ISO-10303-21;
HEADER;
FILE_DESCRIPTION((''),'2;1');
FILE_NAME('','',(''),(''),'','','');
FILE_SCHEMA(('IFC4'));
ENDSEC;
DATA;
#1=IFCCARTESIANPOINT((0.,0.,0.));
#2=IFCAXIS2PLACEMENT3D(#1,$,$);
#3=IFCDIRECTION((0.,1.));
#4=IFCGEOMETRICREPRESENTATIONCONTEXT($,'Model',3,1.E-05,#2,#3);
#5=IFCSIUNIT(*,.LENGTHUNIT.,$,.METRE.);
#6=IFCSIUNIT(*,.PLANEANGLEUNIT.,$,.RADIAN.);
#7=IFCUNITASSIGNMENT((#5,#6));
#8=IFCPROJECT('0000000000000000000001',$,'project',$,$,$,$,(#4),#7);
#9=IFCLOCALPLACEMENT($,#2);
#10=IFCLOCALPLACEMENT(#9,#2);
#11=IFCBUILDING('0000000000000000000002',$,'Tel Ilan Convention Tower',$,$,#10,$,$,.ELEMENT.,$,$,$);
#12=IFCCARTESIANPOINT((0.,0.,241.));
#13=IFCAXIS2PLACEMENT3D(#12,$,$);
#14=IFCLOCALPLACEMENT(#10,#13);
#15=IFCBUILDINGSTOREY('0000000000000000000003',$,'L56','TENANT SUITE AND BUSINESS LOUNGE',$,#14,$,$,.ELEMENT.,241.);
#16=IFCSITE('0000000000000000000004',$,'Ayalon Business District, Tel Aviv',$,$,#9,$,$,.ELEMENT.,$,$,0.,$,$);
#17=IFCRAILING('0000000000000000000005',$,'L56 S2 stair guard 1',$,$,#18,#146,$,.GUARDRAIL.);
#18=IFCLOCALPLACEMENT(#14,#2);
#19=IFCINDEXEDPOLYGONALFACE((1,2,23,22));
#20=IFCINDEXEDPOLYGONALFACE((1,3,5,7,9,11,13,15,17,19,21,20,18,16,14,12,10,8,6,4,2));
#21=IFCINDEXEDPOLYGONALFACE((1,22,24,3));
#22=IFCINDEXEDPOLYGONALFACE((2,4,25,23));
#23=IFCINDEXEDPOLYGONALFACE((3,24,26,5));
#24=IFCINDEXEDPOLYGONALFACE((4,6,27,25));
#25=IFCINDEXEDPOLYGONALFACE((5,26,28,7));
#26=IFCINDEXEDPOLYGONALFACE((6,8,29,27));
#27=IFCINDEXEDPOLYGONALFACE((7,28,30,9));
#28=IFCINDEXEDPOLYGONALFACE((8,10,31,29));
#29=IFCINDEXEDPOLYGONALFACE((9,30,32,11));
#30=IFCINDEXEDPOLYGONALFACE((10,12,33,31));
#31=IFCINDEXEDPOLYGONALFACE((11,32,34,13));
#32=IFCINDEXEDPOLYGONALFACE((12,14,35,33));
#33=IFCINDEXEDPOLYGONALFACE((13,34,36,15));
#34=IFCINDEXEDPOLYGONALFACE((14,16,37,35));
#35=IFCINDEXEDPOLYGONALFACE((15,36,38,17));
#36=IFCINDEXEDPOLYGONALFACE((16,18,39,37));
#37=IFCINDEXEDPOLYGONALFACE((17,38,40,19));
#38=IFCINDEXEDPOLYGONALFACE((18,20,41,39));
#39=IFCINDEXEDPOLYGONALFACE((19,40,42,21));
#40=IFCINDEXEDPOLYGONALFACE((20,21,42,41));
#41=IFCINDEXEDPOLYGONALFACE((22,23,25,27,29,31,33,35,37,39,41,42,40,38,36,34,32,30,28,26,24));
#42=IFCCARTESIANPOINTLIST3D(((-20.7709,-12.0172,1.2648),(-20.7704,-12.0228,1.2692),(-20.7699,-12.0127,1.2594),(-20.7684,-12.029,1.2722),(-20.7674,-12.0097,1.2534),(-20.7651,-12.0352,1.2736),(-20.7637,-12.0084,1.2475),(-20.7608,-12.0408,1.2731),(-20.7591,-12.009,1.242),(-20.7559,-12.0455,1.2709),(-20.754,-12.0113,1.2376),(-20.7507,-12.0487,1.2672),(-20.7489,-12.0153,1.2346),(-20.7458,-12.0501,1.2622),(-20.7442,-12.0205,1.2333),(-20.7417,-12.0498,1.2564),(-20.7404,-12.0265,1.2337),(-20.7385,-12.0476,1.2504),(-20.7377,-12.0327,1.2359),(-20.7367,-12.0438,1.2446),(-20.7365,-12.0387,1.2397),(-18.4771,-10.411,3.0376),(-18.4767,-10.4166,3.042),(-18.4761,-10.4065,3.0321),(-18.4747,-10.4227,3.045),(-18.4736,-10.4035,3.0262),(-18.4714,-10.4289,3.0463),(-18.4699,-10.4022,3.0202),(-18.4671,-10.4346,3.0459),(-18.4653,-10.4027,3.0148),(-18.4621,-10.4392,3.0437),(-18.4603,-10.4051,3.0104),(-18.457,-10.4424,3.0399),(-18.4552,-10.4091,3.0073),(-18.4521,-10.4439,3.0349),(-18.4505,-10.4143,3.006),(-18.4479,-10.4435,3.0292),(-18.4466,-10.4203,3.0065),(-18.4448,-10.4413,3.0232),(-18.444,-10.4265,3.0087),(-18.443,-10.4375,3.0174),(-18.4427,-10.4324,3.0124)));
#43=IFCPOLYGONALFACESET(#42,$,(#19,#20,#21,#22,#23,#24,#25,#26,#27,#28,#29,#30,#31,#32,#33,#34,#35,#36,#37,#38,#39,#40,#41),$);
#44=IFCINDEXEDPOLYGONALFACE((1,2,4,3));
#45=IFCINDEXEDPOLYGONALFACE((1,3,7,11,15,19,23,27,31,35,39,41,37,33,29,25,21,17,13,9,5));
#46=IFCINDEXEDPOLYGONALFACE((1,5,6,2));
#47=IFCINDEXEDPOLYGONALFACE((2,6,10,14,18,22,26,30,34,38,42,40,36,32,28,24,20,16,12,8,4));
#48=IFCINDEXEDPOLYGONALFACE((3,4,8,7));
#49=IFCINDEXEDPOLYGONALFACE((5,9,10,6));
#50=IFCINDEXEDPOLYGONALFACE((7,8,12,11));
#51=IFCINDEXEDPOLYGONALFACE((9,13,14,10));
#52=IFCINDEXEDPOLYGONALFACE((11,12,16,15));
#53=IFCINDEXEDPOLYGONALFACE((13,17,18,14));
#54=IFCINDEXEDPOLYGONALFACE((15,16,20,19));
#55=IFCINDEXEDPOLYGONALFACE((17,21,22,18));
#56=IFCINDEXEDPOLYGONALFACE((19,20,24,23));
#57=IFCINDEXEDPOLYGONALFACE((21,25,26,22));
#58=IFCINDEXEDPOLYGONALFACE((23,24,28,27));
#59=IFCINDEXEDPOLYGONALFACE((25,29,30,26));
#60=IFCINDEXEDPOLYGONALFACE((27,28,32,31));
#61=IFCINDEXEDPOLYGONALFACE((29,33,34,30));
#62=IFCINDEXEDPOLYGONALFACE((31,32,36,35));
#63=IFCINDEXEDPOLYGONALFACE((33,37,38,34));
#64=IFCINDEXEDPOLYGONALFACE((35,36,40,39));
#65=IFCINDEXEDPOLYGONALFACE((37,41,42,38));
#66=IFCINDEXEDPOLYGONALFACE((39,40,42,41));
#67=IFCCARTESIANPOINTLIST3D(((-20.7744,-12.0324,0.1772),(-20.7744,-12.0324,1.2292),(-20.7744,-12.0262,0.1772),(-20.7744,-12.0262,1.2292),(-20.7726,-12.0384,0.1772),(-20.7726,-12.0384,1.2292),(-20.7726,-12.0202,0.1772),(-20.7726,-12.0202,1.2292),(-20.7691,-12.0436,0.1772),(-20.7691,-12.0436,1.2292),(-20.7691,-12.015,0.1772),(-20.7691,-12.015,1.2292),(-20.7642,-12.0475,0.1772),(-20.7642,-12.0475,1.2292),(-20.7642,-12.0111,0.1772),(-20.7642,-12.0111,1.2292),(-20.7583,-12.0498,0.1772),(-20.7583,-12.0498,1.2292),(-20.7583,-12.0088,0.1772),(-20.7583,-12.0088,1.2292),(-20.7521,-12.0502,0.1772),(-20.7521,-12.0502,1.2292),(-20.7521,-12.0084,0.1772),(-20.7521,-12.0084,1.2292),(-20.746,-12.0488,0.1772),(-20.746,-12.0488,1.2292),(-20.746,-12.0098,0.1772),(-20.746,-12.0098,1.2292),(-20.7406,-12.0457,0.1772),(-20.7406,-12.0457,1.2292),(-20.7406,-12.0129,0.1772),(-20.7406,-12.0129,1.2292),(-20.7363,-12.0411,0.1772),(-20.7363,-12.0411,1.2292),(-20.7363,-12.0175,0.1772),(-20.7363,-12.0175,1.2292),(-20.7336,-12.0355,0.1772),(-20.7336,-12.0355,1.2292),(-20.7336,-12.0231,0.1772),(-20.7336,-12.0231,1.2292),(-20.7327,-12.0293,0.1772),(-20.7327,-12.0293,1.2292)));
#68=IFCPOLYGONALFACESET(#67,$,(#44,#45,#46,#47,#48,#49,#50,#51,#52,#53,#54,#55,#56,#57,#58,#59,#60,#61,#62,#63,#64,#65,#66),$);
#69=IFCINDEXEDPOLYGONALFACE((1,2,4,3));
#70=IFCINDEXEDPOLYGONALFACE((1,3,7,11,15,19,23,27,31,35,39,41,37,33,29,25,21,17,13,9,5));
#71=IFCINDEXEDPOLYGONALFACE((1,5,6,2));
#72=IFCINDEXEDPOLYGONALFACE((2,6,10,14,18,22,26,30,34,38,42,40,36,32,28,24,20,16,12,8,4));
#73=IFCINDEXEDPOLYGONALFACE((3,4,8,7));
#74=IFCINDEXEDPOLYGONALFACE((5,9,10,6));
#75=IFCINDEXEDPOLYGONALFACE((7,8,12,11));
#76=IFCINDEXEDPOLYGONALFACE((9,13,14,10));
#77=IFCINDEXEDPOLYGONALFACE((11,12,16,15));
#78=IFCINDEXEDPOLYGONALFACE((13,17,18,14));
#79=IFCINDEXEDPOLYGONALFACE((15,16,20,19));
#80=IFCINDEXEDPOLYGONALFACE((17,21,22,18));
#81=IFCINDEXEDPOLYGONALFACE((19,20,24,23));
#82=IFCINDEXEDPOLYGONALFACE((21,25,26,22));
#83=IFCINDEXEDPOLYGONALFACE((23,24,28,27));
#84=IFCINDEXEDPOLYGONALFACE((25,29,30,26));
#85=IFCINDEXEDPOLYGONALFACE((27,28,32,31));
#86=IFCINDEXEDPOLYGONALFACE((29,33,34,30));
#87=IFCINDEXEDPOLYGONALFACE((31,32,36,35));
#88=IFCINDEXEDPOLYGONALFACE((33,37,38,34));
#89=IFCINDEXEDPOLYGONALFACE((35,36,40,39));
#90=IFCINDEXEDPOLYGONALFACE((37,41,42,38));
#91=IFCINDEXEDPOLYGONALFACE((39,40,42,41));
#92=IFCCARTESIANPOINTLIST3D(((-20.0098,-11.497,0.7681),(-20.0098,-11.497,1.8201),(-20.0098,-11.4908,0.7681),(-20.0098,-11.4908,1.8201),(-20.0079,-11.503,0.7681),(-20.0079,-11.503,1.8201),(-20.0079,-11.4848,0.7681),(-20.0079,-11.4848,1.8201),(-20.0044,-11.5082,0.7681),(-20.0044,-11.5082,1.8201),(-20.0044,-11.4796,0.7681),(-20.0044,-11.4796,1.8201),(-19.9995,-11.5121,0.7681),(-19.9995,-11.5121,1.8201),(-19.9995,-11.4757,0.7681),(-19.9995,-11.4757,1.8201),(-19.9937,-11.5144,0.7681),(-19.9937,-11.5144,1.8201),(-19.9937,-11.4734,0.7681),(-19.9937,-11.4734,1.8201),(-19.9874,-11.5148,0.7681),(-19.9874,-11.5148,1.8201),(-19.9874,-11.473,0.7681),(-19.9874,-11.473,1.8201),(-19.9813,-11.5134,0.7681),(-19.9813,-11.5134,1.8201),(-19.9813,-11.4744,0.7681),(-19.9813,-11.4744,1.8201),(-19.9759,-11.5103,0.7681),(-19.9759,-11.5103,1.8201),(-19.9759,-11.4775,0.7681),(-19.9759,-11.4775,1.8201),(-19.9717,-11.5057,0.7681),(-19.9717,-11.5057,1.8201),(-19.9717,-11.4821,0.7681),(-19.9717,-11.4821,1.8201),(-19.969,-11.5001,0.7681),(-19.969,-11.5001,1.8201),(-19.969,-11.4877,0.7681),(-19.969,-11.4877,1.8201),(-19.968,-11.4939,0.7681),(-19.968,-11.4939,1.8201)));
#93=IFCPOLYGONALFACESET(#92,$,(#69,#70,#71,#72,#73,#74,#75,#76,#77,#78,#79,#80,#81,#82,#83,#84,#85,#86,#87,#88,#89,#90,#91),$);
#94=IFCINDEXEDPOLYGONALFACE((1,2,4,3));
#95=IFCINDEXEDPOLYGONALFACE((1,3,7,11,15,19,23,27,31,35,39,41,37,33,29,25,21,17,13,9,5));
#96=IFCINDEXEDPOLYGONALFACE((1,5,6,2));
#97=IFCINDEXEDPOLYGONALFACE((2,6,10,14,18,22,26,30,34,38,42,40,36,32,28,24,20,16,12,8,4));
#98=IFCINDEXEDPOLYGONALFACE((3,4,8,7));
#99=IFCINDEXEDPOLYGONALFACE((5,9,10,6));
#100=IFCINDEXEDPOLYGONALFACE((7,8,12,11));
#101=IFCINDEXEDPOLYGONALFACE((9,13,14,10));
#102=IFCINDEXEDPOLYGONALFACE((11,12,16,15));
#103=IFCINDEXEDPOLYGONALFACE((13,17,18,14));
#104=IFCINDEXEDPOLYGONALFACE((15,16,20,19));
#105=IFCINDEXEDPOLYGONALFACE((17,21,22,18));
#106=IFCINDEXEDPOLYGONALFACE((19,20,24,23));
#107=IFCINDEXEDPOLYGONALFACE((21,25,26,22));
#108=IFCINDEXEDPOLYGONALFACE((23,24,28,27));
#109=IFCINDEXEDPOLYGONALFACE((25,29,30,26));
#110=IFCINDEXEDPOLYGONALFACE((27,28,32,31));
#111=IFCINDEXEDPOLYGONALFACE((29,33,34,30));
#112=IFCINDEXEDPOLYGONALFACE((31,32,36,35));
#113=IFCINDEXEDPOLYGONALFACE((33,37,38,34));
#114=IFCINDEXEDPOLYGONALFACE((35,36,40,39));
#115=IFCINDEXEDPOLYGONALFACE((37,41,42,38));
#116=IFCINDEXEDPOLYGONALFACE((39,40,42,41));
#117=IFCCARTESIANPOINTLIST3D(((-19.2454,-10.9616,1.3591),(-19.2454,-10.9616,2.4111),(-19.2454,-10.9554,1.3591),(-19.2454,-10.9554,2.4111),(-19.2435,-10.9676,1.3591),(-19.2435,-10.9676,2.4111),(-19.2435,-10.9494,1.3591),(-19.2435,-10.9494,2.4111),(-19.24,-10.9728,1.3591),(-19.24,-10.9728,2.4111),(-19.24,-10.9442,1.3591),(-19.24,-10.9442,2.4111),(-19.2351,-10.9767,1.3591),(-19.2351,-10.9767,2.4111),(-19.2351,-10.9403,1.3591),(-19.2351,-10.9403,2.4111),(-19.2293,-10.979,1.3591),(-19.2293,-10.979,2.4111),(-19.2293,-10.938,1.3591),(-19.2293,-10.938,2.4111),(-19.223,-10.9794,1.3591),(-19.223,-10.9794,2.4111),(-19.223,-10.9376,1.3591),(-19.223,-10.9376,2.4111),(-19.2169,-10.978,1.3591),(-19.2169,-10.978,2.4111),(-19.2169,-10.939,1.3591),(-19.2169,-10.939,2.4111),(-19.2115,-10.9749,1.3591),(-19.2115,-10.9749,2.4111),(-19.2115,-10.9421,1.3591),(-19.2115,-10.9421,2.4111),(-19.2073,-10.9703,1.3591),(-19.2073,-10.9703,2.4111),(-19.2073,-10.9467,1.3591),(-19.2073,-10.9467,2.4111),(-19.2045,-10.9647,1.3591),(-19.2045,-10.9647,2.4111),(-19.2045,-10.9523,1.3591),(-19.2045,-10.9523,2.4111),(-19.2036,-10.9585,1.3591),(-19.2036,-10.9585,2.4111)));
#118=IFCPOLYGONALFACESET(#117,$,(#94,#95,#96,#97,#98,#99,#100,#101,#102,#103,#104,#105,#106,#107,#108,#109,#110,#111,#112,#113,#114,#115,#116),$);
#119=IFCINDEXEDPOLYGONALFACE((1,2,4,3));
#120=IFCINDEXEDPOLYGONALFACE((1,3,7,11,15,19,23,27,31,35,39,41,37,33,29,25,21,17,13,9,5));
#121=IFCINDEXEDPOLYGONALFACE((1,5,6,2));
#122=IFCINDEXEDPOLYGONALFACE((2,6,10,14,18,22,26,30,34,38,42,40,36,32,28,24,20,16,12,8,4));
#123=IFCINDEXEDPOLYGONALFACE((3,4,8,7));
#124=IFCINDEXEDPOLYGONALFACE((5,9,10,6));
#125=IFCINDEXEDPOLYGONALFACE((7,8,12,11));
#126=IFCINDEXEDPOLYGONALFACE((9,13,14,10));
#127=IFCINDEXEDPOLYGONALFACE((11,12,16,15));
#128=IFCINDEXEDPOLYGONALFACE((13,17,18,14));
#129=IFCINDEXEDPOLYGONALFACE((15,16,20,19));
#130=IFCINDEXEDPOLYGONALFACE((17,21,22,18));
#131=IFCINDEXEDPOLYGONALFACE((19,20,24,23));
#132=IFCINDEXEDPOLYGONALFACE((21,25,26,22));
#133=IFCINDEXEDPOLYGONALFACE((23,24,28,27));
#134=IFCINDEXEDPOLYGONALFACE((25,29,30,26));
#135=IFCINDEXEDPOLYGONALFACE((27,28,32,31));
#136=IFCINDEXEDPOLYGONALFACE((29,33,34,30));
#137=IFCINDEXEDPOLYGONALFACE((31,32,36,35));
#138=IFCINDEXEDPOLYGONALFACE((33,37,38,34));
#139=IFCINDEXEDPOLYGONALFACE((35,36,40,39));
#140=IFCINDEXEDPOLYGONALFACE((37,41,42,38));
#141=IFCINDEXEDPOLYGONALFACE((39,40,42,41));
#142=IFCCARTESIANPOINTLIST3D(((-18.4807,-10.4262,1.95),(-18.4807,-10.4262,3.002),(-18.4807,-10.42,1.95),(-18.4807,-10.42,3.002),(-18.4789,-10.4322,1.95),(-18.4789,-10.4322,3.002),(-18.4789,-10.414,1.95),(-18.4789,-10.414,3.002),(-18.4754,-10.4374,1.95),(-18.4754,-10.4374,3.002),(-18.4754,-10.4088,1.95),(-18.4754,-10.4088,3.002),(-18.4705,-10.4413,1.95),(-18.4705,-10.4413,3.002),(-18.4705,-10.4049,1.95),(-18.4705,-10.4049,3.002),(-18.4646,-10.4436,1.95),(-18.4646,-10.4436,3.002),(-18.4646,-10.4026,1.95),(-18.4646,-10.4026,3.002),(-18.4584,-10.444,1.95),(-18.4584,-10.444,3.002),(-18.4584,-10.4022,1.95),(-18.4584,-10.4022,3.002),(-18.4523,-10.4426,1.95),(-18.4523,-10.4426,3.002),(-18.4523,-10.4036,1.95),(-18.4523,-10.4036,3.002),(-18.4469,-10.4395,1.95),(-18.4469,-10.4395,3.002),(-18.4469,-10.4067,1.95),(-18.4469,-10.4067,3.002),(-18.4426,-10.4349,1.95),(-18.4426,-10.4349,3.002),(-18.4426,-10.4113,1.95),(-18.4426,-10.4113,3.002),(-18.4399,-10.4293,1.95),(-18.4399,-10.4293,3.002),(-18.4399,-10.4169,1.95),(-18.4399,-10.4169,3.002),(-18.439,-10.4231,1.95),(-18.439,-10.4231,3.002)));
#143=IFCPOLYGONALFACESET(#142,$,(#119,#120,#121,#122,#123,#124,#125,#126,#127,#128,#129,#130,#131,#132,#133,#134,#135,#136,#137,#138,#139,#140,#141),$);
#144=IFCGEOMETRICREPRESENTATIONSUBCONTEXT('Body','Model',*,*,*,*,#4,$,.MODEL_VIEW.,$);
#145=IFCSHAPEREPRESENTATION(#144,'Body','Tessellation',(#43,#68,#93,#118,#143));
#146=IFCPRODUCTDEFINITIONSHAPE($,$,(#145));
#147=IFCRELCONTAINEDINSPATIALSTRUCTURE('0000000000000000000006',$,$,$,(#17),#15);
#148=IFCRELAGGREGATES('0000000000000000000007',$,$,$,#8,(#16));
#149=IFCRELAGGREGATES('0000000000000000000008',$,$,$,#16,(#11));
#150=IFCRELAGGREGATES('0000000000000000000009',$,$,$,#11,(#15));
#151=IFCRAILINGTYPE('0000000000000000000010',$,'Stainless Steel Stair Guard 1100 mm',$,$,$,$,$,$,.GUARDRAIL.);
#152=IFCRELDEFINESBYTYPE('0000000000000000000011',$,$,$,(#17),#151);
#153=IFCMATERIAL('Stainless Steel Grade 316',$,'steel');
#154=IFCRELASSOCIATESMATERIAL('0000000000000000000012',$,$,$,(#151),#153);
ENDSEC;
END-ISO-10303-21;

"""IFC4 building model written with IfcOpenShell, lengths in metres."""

from ifc_helpers import new_model, si_unit, direction, frame, origin, origin_2d, place, context, subcontext, project, spatial, circle, extrude, material, type_object, element, save


model = new_model("IFC4")

# Units and contexts
model_context = context("Model", 3, precision=1e-05, world=origin(), true_north=direction((0.0, 1.0)))
body_context = subcontext(model_context, "Body", "Model", "MODEL_VIEW")
ifc_project = project(units=[si_unit("LENGTHUNIT", "METRE"), si_unit("PLANEANGLEUNIT", "RADIAN")], contexts=[model_context])

# Site, building, storey
site_placement = place(None, origin())
site = spatial("IfcSite", under=ifc_project, at=site_placement, Name="Ayalon Business District, Tel Aviv", CompositionType="ELEMENT", RefElevation=0.0)
building_placement = place(site_placement, origin())
building = spatial("IfcBuilding", under=site, at=building_placement, Name="Tel Ilan Convention Tower", CompositionType="ELEMENT")
storey_placement = place(building_placement, frame((0.0, 0.0, 241.0)))
storey = spatial("IfcBuildingStorey", under=building, at=storey_placement, Name="L56", Description="TENANT SUITE AND BUSINESS LOUNGE", CompositionType="ELEMENT", Elevation=241.0)

# Railing
ifc_material_1 = material(Name="Stainless Steel Grade 316", Category="steel")
railing_type_1 = type_object("IfcRailingType", Name="Stainless Steel Stair Guard 1100 mm", PredefinedType="GUARDRAIL", material=ifc_material_1)
railing_1_placement = place(storey_placement, frame((-20.7537, -12.0293, 0.1772)))
element("IfcRailing", 1, at=railing_1_placement, inside=storey, type_object=railing_type_1, Name="L56 S2 stair guard 1", PredefinedType="GUARDRAIL", context=body_context, shape_type="SweptSolid", body=[
    extrude(circle(Radius=0.0239, at=origin_2d()), frame((0.0, 0.0, 1.0762), z_axis=(0.692098, 0.484653, 0.534894), x_axis=(-0.573609, 0.81913, 0.0)), (0.0, 0.0, 1.0), 3.3142),
    extrude(circle(Radius=0.021, at=origin_2d()), origin(), (0.0, 0.0, 1.0), 1.052),
    extrude(circle(Radius=0.021, at=origin_2d()), frame((0.7646, 0.5354, 0.5908)), (0.0, 0.0, 1.0), 1.052),
    extrude(circle(Radius=0.021, at=origin_2d()), frame((1.5291, 1.0708, 1.1819)), (0.0, 0.0, 1.0), 1.052),
    extrude(circle(Radius=0.021, at=origin_2d()), frame((2.2937, 1.6062, 1.7727)), (0.0, 0.0, 1.0), 1.052),
])

save(model, "model.ifc")
